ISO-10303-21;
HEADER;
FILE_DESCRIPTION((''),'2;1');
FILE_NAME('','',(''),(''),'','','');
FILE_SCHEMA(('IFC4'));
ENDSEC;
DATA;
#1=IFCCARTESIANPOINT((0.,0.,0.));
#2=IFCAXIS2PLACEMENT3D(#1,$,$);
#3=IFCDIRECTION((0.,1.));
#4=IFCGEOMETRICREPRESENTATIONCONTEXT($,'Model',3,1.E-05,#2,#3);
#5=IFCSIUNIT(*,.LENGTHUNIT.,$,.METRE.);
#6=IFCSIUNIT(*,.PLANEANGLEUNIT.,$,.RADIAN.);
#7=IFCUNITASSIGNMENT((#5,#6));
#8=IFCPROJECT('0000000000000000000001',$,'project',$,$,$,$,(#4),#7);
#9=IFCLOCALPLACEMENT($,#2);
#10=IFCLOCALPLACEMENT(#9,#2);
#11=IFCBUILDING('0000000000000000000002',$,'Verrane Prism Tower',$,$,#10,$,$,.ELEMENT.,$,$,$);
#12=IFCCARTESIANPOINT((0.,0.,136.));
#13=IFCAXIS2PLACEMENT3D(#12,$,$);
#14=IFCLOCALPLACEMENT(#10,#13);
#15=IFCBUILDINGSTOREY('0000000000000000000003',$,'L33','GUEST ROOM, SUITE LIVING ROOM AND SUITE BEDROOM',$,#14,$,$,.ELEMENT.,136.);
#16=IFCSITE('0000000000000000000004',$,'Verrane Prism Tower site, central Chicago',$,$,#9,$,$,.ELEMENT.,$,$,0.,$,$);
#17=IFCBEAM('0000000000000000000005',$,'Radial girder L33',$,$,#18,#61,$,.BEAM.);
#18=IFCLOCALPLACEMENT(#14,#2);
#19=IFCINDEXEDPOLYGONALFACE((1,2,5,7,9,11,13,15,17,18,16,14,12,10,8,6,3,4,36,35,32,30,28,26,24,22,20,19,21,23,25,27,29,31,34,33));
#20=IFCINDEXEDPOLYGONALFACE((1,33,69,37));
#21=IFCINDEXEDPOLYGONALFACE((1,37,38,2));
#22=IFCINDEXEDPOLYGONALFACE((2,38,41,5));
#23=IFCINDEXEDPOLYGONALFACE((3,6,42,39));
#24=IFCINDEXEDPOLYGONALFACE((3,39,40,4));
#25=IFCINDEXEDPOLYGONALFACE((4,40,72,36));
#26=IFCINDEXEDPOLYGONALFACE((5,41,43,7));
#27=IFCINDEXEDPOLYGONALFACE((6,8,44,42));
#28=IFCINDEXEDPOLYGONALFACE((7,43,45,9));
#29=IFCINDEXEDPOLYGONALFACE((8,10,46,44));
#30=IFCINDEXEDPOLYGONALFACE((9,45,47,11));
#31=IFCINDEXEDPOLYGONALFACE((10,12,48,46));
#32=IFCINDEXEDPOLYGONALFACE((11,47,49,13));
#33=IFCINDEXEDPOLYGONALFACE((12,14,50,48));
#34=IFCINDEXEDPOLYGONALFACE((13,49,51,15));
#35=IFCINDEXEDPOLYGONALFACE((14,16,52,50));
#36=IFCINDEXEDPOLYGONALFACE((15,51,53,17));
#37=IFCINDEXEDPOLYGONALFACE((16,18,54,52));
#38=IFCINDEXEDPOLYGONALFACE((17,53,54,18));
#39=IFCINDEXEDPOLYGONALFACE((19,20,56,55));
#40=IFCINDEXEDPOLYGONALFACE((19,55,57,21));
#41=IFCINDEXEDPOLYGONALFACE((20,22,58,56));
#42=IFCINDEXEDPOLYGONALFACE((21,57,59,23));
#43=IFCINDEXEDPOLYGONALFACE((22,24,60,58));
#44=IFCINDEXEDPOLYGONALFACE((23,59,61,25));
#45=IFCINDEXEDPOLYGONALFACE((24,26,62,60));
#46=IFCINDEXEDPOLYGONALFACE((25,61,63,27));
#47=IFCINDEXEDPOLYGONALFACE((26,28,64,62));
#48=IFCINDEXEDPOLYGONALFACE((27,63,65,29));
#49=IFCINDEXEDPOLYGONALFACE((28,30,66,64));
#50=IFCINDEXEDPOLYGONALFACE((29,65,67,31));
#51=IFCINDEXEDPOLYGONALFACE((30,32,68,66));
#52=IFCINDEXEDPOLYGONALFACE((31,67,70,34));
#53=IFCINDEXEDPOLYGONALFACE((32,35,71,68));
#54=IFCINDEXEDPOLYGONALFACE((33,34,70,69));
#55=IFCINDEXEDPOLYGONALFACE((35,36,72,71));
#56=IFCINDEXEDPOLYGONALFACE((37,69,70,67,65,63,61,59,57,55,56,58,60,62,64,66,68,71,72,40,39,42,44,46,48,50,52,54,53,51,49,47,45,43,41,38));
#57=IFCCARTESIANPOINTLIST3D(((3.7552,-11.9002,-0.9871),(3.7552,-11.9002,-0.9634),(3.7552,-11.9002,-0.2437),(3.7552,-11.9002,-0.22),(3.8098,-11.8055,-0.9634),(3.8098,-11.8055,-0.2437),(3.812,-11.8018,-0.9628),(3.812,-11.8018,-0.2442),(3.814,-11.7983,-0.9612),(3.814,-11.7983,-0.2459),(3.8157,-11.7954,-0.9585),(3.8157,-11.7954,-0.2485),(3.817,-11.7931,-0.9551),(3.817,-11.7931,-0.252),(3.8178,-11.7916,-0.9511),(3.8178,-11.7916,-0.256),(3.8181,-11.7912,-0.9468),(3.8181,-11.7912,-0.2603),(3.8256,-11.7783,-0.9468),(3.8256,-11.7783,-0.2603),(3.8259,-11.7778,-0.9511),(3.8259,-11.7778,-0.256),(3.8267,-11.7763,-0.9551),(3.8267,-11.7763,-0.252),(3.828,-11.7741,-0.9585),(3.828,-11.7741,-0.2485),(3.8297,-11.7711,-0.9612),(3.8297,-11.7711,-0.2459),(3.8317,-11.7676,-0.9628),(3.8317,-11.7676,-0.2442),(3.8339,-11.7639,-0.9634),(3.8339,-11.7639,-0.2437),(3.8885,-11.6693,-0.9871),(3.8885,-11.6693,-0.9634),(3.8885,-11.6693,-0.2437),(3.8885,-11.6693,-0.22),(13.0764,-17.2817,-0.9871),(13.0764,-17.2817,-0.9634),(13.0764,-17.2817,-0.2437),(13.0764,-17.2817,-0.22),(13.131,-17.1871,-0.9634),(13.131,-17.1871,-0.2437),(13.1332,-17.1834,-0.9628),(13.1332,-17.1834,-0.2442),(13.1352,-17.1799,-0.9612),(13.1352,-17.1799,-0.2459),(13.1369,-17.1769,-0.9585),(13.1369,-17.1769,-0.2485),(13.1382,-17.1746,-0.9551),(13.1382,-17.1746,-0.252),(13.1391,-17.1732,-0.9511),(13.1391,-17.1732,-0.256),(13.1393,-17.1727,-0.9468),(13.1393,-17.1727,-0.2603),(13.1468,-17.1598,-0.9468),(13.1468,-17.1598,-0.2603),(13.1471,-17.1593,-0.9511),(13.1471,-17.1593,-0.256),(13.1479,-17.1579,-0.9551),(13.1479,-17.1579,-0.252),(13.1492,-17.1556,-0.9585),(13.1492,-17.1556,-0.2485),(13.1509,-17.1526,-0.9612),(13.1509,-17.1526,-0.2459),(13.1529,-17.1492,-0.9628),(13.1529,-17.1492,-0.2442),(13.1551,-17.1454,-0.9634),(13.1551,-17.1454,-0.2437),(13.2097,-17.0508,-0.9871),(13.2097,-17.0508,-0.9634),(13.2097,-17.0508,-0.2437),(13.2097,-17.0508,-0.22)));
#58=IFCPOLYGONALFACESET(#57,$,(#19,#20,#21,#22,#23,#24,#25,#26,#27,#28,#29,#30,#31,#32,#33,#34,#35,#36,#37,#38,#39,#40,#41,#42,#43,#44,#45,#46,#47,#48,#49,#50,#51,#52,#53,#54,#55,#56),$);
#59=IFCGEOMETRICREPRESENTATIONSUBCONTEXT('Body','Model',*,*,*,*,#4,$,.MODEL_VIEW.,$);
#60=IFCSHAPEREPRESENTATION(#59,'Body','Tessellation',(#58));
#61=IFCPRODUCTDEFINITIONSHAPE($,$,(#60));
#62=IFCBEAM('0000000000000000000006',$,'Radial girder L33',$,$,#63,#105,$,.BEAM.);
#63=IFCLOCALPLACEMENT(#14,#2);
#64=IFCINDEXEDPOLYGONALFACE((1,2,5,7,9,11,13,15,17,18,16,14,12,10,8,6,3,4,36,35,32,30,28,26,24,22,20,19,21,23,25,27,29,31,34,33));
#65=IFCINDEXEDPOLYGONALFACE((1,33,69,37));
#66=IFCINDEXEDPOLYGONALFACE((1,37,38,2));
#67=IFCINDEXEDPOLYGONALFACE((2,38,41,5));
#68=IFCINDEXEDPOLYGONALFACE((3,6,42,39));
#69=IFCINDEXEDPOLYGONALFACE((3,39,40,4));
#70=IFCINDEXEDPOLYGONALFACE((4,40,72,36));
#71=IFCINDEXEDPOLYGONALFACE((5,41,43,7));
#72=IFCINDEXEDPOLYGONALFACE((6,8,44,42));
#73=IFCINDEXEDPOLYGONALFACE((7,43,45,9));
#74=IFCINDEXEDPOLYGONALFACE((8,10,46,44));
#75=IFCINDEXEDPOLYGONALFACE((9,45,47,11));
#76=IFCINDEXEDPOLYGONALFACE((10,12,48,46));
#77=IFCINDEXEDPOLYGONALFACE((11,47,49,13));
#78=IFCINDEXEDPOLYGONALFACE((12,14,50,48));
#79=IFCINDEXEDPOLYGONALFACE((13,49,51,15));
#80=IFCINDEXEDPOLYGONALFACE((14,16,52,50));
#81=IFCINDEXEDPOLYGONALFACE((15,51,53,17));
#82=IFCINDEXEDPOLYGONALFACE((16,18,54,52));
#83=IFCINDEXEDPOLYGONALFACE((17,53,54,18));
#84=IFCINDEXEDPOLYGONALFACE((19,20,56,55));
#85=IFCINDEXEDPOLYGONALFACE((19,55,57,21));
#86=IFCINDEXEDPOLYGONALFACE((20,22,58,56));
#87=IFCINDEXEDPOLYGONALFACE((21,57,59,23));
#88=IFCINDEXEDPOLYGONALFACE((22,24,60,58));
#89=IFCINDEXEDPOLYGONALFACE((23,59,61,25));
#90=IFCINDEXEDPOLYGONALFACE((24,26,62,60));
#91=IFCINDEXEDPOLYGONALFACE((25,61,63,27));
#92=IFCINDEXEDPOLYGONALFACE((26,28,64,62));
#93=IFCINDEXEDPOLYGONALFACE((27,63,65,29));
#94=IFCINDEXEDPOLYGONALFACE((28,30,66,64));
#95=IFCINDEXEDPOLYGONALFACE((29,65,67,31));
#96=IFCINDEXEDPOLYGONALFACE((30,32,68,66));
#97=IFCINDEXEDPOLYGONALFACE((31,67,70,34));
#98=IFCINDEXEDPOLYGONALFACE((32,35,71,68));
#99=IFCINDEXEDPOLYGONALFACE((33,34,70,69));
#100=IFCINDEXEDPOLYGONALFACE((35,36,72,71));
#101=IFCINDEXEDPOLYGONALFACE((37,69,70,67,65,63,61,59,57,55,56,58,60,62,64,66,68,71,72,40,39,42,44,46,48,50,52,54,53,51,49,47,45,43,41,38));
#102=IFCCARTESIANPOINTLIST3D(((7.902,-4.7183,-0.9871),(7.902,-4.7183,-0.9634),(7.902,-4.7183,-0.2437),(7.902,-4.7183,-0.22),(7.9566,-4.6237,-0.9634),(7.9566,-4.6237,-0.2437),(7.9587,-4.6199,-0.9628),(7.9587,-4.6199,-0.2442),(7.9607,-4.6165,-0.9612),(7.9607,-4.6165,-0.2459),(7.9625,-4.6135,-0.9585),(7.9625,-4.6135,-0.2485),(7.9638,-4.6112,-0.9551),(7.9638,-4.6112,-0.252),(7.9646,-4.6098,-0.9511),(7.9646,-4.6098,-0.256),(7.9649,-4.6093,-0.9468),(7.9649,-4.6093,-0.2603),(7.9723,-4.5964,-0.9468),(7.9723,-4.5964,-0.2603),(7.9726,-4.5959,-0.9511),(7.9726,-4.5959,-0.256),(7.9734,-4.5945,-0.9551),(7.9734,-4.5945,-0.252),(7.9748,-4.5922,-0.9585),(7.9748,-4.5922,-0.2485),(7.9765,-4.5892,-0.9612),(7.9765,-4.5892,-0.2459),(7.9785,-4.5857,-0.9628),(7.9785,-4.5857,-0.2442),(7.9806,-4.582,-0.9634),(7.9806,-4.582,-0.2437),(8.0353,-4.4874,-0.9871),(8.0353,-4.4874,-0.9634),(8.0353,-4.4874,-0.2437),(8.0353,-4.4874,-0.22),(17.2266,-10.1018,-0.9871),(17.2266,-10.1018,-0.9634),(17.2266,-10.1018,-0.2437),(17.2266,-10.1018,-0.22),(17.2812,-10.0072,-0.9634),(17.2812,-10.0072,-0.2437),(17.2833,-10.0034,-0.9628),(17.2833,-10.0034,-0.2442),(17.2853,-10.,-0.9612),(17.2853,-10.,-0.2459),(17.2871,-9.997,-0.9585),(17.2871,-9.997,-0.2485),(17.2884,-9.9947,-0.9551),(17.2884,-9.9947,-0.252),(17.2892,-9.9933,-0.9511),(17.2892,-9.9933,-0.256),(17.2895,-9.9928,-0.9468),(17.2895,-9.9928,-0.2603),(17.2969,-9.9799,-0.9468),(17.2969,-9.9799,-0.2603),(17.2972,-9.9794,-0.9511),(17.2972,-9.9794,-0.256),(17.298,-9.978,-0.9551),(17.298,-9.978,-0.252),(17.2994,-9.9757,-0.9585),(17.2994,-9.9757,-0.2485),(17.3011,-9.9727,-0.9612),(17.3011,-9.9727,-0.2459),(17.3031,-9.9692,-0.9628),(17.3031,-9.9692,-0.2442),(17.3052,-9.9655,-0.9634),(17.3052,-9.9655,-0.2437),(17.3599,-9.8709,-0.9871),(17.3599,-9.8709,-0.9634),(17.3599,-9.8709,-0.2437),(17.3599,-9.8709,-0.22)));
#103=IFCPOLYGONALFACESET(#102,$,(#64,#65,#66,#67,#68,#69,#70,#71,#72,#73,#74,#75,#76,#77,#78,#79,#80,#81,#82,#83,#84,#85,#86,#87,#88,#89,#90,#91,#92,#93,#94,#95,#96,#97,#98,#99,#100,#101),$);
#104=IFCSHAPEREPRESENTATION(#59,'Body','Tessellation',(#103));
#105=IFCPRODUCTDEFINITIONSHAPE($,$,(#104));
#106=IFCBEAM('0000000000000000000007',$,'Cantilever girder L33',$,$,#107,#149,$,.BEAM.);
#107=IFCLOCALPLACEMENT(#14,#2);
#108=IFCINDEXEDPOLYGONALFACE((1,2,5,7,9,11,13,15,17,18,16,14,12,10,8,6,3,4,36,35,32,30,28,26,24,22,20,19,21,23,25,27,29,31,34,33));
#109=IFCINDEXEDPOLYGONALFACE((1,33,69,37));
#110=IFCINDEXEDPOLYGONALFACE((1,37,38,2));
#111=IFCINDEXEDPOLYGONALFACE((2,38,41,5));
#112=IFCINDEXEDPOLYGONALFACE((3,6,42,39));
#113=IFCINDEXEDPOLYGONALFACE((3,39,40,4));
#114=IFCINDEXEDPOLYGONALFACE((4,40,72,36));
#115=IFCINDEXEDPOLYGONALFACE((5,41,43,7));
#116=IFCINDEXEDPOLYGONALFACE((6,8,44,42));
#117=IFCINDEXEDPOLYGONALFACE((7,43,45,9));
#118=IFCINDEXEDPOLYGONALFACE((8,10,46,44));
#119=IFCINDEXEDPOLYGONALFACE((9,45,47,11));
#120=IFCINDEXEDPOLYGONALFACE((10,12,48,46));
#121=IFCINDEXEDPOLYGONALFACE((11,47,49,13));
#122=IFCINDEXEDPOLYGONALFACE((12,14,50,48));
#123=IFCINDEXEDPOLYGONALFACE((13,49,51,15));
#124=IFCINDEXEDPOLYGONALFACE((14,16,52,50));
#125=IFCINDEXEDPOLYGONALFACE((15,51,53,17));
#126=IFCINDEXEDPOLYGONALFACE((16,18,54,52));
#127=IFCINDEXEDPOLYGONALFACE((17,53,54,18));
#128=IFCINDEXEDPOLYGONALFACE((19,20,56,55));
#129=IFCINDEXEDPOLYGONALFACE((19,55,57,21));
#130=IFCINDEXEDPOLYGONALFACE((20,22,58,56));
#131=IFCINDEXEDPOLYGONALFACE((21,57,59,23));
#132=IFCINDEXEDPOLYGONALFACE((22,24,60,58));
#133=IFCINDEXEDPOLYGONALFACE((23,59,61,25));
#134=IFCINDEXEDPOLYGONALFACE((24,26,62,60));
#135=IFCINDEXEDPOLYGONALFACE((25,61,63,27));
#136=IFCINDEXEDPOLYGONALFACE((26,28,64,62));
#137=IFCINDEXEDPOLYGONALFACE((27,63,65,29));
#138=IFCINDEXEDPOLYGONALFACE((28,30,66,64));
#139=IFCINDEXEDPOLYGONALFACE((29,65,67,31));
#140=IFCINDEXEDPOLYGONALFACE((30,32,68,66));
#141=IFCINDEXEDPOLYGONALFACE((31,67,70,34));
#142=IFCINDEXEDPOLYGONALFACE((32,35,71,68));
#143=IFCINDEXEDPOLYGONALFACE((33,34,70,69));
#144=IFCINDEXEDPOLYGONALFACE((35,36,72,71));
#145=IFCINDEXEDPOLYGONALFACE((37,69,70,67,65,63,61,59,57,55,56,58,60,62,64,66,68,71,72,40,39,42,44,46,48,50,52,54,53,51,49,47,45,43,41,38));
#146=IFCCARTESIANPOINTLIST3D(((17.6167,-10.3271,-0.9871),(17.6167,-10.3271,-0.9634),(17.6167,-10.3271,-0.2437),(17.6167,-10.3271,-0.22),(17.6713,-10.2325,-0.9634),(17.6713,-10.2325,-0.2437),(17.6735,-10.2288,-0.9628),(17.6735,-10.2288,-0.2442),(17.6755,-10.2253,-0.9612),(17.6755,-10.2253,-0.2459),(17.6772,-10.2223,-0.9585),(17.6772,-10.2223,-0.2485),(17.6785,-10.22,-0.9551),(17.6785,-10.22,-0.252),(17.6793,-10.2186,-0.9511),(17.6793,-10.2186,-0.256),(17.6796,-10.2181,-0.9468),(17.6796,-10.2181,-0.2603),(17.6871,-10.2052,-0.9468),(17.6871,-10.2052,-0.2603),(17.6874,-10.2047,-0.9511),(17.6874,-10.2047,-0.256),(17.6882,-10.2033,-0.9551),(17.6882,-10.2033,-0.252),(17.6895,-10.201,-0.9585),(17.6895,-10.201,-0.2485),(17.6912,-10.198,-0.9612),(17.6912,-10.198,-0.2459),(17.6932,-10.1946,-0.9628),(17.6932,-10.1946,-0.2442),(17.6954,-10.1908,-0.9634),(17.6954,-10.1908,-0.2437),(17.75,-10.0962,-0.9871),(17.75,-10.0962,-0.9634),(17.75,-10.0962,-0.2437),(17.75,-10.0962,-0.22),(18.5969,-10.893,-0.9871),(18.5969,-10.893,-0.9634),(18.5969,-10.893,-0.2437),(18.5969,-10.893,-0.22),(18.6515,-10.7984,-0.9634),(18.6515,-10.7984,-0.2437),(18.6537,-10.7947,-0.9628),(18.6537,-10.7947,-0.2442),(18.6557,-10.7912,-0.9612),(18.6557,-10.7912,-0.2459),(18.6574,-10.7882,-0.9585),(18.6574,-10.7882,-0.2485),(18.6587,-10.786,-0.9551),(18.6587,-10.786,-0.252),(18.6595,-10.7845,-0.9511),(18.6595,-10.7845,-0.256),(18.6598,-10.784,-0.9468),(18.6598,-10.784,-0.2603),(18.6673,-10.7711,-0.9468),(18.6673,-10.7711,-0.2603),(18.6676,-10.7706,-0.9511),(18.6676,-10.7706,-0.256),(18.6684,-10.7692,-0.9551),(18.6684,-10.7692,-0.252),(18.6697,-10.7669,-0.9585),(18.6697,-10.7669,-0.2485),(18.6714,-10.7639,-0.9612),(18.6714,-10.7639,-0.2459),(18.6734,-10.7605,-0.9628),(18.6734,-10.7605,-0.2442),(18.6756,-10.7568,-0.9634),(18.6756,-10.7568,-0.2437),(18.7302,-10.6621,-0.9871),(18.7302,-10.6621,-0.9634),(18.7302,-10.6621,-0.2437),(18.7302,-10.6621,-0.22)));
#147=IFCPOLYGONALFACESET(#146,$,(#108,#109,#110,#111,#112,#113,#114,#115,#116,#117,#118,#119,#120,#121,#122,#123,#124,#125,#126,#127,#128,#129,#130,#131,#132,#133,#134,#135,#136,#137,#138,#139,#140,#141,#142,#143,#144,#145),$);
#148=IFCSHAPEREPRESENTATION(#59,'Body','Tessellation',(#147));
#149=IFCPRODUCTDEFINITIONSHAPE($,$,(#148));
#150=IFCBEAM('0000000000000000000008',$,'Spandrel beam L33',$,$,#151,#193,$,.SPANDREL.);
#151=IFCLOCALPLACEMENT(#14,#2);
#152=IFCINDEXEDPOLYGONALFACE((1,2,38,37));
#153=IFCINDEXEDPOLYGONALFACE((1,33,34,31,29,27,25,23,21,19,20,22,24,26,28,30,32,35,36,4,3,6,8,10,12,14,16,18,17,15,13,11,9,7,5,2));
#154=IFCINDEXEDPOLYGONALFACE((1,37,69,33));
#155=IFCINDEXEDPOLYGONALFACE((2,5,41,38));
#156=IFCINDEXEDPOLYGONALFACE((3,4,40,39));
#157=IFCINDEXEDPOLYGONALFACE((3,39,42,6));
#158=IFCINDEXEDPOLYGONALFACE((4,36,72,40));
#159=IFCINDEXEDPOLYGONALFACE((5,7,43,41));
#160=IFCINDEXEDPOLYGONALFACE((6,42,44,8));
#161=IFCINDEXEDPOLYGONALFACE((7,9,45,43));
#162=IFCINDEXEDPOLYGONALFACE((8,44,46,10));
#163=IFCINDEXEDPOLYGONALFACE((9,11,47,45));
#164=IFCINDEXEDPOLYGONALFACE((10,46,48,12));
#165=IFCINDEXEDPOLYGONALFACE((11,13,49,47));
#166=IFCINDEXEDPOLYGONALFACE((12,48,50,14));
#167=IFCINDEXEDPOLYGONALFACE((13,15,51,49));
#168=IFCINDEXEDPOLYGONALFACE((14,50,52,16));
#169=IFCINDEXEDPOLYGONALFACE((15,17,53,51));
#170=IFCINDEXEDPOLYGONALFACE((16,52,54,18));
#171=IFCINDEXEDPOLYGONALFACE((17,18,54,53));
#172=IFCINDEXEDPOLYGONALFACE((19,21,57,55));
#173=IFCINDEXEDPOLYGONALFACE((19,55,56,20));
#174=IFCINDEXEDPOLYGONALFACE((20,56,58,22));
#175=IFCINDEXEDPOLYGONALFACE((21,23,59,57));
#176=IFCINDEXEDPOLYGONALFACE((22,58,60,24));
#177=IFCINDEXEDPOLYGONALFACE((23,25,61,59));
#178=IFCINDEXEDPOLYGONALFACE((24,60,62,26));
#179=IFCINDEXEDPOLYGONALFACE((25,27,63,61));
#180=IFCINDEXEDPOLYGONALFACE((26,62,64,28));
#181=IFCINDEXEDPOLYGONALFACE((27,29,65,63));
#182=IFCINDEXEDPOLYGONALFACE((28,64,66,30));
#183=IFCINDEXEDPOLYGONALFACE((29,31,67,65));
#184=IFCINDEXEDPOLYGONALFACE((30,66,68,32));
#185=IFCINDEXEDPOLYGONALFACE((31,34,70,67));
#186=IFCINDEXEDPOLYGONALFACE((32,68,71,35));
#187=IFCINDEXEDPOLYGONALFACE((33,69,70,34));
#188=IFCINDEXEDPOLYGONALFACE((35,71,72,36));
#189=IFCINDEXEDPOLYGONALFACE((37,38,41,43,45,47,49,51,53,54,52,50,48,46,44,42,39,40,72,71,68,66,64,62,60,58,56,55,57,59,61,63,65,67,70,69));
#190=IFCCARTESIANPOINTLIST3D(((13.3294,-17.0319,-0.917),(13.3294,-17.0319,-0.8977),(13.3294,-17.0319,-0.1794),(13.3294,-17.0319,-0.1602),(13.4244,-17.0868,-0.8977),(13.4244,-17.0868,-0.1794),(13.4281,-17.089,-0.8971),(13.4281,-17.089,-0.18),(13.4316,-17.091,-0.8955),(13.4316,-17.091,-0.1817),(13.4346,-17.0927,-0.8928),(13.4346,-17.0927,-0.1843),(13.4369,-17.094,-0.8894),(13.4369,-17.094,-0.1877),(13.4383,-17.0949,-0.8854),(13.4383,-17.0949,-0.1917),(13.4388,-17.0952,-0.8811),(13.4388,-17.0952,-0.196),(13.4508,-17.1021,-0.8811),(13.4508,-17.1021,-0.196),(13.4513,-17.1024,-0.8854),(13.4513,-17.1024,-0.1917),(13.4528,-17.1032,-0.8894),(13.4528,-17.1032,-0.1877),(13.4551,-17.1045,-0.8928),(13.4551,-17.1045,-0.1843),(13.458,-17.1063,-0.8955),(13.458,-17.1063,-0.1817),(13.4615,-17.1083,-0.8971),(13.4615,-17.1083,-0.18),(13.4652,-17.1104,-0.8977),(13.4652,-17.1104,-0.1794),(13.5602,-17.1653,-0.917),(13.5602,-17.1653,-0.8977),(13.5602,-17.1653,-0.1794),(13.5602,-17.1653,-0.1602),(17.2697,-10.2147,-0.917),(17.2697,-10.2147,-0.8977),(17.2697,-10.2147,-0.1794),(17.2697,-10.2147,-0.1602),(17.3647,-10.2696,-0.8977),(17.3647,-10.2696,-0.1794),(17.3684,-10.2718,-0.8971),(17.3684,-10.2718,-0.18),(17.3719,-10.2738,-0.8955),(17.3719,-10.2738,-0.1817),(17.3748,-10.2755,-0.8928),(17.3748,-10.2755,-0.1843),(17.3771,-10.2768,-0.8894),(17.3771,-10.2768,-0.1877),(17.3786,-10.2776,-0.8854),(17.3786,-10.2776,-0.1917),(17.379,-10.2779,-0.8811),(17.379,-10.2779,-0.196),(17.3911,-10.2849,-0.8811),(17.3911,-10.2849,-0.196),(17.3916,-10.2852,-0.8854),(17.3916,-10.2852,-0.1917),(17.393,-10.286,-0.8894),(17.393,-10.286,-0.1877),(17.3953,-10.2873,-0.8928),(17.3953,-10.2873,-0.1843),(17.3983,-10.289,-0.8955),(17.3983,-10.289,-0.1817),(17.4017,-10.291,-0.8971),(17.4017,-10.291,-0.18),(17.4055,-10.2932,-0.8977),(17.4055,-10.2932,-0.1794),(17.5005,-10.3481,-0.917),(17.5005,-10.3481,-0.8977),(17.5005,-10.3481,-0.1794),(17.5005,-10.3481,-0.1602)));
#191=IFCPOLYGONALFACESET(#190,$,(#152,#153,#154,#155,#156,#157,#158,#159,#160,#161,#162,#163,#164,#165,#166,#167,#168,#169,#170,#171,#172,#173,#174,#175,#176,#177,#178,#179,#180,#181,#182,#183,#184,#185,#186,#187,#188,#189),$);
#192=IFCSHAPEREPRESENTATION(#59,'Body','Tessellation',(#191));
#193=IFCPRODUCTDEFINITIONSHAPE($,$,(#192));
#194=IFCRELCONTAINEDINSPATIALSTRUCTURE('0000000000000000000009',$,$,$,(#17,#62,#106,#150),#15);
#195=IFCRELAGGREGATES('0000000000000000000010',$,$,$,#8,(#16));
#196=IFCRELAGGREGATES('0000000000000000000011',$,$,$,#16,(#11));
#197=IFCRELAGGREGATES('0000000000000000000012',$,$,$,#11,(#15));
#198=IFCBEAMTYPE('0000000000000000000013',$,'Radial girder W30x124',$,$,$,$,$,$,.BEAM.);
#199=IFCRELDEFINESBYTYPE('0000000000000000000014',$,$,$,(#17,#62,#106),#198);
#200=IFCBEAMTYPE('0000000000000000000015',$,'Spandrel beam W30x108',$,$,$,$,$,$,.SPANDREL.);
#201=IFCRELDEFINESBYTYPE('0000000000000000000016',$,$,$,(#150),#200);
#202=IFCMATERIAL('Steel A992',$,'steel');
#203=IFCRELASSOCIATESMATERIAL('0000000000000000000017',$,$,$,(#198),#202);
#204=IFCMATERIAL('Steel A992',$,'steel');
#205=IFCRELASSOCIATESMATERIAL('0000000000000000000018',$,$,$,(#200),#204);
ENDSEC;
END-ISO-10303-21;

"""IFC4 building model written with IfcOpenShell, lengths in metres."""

from ifc_helpers import new_model, si_unit, direction, frame, origin, origin_2d, place, context, subcontext, project, spatial, i_section, extrude, material, material_profile, profile_set, type_object, element, save


model = new_model("IFC4")

# Units and contexts
model_context = context("Model", 3, precision=1e-05, world=origin(), true_north=direction((0.0, 1.0)))
body_context = subcontext(model_context, "Body", "Model", "MODEL_VIEW")
ifc_project = project(units=[si_unit("LENGTHUNIT", "METRE"), si_unit("PLANEANGLEUNIT", "RADIAN")], contexts=[model_context])

# Site, building, storey
site_placement = place(None, origin())
site = spatial("IfcSite", under=ifc_project, at=site_placement, Name="Verrane Prism Tower site, central Chicago", CompositionType="ELEMENT", RefElevation=0.0)
building_placement = place(site_placement, origin())
building = spatial("IfcBuilding", under=site, at=building_placement, Name="Verrane Prism Tower", CompositionType="ELEMENT")
storey_placement = place(building_placement, frame((0.0, 0.0, 136.0)))
storey = spatial("IfcBuildingStorey", under=building, at=storey_placement, Name="L33", Description="GUEST ROOM, SUITE LIVING ROOM AND SUITE BEDROOM", CompositionType="ELEMENT", Elevation=136.0)

# Beams
ifc_material_1 = material(Name="Steel A992", Category="steel")
ifc_material_profile_1 = material_profile(ifc_material_1, i_section(OverallWidth=0.2666, OverallDepth=0.7671, WebThickness=0.0149, FlangeThickness=0.0237, FilletRadius=0.0166, at=origin_2d()), Name="W30x124")
ifc_profile_set_1 = profile_set([ifc_material_profile_1], Name="Steel A992")
beam_type_1 = type_object("IfcBeamType", Name="Radial girder W30x124", PredefinedType="BEAM", material=ifc_profile_set_1)
beam_1_placement = place(storey_placement, frame((13.1431, -17.1663, -0.6035), z_axis=(-0.866028, 0.499996, 0.0), x_axis=(-0.499996, -0.866028, 0.0)))
element("IfcBeam", 1, at=beam_1_placement, inside=storey, type_object=beam_type_1, Name="Radial girder L33", PredefinedType="BEAM", context=body_context, shape_type="SweptSolid", body=[
    extrude(i_section(OverallWidth=0.2666, OverallDepth=0.7671, WebThickness=0.0149, FlangeThickness=0.0237, FilletRadius=0.0166, at=origin_2d()), origin(), (0.0, 0.0, 1.0), 10.7632),
])
beam_2_placement = place(storey_placement, frame((17.2932, -9.9863, -0.6035), z_axis=(-0.866029, 0.499995, 0.0), x_axis=(-0.499995, -0.866029, 0.0)))
element("IfcBeam", 2, at=beam_2_placement, inside=storey, type_object=beam_type_1, Name="Radial girder L33", PredefinedType="BEAM", context=body_context, shape_type="SweptSolid", body=[
    extrude(i_section(OverallWidth=0.2666, OverallDepth=0.7671, WebThickness=0.0149, FlangeThickness=0.0237, FilletRadius=0.0166, at=origin_2d()), origin(), (0.0, 0.0, 1.0), 10.7671),
])
beam_3_placement = place(storey_placement, frame((17.6833, -10.2117, -0.6035), z_axis=(0.866031, -0.49999, 0.0), x_axis=(0.49999, 0.866031, 0.0)))
element("IfcBeam", 3, at=beam_3_placement, inside=storey, type_object=beam_type_1, Name="Cantilever girder L33", PredefinedType="BEAM", context=body_context, shape_type="SweptSolid", body=[
    extrude(i_section(OverallWidth=0.2666, OverallDepth=0.7671, WebThickness=0.0149, FlangeThickness=0.0237, FilletRadius=0.0166, at=origin_2d()), origin(), (0.0, 0.0, 1.0), 1.1318),
])
ifc_material_2 = material(Name="Steel A992", Category="steel")
ifc_material_profile_2 = material_profile(ifc_material_2, i_section(OverallWidth=0.2666, OverallDepth=0.7568, WebThickness=0.0139, FlangeThickness=0.0193, FilletRadius=0.0166, at=origin_2d()), Name="W30x108")
ifc_profile_set_2 = profile_set([ifc_material_profile_2], Name="Steel A992")
beam_type_2 = type_object("IfcBeamType", Name="Spandrel beam W30x108", PredefinedType="SPANDREL", material=ifc_profile_set_2)
beam_4_placement = place(storey_placement, frame((13.4448, -17.0986, -0.5386), z_axis=(0.50041, 0.865788, 0.0), x_axis=(-0.865788, 0.50041, 0.0)))
element("IfcBeam", 4, at=beam_4_placement, inside=storey, type_object=beam_type_2, Name="Spandrel beam L33", PredefinedType="SPANDREL", context=body_context, shape_type="SweptSolid", body=[
    extrude(i_section(OverallWidth=0.2666, OverallDepth=0.7568, WebThickness=0.0139, FlangeThickness=0.0193, FilletRadius=0.0166, at=origin_2d()), origin(), (0.0, 0.0, 1.0), 7.874),
])

save(model, "model.ifc")
